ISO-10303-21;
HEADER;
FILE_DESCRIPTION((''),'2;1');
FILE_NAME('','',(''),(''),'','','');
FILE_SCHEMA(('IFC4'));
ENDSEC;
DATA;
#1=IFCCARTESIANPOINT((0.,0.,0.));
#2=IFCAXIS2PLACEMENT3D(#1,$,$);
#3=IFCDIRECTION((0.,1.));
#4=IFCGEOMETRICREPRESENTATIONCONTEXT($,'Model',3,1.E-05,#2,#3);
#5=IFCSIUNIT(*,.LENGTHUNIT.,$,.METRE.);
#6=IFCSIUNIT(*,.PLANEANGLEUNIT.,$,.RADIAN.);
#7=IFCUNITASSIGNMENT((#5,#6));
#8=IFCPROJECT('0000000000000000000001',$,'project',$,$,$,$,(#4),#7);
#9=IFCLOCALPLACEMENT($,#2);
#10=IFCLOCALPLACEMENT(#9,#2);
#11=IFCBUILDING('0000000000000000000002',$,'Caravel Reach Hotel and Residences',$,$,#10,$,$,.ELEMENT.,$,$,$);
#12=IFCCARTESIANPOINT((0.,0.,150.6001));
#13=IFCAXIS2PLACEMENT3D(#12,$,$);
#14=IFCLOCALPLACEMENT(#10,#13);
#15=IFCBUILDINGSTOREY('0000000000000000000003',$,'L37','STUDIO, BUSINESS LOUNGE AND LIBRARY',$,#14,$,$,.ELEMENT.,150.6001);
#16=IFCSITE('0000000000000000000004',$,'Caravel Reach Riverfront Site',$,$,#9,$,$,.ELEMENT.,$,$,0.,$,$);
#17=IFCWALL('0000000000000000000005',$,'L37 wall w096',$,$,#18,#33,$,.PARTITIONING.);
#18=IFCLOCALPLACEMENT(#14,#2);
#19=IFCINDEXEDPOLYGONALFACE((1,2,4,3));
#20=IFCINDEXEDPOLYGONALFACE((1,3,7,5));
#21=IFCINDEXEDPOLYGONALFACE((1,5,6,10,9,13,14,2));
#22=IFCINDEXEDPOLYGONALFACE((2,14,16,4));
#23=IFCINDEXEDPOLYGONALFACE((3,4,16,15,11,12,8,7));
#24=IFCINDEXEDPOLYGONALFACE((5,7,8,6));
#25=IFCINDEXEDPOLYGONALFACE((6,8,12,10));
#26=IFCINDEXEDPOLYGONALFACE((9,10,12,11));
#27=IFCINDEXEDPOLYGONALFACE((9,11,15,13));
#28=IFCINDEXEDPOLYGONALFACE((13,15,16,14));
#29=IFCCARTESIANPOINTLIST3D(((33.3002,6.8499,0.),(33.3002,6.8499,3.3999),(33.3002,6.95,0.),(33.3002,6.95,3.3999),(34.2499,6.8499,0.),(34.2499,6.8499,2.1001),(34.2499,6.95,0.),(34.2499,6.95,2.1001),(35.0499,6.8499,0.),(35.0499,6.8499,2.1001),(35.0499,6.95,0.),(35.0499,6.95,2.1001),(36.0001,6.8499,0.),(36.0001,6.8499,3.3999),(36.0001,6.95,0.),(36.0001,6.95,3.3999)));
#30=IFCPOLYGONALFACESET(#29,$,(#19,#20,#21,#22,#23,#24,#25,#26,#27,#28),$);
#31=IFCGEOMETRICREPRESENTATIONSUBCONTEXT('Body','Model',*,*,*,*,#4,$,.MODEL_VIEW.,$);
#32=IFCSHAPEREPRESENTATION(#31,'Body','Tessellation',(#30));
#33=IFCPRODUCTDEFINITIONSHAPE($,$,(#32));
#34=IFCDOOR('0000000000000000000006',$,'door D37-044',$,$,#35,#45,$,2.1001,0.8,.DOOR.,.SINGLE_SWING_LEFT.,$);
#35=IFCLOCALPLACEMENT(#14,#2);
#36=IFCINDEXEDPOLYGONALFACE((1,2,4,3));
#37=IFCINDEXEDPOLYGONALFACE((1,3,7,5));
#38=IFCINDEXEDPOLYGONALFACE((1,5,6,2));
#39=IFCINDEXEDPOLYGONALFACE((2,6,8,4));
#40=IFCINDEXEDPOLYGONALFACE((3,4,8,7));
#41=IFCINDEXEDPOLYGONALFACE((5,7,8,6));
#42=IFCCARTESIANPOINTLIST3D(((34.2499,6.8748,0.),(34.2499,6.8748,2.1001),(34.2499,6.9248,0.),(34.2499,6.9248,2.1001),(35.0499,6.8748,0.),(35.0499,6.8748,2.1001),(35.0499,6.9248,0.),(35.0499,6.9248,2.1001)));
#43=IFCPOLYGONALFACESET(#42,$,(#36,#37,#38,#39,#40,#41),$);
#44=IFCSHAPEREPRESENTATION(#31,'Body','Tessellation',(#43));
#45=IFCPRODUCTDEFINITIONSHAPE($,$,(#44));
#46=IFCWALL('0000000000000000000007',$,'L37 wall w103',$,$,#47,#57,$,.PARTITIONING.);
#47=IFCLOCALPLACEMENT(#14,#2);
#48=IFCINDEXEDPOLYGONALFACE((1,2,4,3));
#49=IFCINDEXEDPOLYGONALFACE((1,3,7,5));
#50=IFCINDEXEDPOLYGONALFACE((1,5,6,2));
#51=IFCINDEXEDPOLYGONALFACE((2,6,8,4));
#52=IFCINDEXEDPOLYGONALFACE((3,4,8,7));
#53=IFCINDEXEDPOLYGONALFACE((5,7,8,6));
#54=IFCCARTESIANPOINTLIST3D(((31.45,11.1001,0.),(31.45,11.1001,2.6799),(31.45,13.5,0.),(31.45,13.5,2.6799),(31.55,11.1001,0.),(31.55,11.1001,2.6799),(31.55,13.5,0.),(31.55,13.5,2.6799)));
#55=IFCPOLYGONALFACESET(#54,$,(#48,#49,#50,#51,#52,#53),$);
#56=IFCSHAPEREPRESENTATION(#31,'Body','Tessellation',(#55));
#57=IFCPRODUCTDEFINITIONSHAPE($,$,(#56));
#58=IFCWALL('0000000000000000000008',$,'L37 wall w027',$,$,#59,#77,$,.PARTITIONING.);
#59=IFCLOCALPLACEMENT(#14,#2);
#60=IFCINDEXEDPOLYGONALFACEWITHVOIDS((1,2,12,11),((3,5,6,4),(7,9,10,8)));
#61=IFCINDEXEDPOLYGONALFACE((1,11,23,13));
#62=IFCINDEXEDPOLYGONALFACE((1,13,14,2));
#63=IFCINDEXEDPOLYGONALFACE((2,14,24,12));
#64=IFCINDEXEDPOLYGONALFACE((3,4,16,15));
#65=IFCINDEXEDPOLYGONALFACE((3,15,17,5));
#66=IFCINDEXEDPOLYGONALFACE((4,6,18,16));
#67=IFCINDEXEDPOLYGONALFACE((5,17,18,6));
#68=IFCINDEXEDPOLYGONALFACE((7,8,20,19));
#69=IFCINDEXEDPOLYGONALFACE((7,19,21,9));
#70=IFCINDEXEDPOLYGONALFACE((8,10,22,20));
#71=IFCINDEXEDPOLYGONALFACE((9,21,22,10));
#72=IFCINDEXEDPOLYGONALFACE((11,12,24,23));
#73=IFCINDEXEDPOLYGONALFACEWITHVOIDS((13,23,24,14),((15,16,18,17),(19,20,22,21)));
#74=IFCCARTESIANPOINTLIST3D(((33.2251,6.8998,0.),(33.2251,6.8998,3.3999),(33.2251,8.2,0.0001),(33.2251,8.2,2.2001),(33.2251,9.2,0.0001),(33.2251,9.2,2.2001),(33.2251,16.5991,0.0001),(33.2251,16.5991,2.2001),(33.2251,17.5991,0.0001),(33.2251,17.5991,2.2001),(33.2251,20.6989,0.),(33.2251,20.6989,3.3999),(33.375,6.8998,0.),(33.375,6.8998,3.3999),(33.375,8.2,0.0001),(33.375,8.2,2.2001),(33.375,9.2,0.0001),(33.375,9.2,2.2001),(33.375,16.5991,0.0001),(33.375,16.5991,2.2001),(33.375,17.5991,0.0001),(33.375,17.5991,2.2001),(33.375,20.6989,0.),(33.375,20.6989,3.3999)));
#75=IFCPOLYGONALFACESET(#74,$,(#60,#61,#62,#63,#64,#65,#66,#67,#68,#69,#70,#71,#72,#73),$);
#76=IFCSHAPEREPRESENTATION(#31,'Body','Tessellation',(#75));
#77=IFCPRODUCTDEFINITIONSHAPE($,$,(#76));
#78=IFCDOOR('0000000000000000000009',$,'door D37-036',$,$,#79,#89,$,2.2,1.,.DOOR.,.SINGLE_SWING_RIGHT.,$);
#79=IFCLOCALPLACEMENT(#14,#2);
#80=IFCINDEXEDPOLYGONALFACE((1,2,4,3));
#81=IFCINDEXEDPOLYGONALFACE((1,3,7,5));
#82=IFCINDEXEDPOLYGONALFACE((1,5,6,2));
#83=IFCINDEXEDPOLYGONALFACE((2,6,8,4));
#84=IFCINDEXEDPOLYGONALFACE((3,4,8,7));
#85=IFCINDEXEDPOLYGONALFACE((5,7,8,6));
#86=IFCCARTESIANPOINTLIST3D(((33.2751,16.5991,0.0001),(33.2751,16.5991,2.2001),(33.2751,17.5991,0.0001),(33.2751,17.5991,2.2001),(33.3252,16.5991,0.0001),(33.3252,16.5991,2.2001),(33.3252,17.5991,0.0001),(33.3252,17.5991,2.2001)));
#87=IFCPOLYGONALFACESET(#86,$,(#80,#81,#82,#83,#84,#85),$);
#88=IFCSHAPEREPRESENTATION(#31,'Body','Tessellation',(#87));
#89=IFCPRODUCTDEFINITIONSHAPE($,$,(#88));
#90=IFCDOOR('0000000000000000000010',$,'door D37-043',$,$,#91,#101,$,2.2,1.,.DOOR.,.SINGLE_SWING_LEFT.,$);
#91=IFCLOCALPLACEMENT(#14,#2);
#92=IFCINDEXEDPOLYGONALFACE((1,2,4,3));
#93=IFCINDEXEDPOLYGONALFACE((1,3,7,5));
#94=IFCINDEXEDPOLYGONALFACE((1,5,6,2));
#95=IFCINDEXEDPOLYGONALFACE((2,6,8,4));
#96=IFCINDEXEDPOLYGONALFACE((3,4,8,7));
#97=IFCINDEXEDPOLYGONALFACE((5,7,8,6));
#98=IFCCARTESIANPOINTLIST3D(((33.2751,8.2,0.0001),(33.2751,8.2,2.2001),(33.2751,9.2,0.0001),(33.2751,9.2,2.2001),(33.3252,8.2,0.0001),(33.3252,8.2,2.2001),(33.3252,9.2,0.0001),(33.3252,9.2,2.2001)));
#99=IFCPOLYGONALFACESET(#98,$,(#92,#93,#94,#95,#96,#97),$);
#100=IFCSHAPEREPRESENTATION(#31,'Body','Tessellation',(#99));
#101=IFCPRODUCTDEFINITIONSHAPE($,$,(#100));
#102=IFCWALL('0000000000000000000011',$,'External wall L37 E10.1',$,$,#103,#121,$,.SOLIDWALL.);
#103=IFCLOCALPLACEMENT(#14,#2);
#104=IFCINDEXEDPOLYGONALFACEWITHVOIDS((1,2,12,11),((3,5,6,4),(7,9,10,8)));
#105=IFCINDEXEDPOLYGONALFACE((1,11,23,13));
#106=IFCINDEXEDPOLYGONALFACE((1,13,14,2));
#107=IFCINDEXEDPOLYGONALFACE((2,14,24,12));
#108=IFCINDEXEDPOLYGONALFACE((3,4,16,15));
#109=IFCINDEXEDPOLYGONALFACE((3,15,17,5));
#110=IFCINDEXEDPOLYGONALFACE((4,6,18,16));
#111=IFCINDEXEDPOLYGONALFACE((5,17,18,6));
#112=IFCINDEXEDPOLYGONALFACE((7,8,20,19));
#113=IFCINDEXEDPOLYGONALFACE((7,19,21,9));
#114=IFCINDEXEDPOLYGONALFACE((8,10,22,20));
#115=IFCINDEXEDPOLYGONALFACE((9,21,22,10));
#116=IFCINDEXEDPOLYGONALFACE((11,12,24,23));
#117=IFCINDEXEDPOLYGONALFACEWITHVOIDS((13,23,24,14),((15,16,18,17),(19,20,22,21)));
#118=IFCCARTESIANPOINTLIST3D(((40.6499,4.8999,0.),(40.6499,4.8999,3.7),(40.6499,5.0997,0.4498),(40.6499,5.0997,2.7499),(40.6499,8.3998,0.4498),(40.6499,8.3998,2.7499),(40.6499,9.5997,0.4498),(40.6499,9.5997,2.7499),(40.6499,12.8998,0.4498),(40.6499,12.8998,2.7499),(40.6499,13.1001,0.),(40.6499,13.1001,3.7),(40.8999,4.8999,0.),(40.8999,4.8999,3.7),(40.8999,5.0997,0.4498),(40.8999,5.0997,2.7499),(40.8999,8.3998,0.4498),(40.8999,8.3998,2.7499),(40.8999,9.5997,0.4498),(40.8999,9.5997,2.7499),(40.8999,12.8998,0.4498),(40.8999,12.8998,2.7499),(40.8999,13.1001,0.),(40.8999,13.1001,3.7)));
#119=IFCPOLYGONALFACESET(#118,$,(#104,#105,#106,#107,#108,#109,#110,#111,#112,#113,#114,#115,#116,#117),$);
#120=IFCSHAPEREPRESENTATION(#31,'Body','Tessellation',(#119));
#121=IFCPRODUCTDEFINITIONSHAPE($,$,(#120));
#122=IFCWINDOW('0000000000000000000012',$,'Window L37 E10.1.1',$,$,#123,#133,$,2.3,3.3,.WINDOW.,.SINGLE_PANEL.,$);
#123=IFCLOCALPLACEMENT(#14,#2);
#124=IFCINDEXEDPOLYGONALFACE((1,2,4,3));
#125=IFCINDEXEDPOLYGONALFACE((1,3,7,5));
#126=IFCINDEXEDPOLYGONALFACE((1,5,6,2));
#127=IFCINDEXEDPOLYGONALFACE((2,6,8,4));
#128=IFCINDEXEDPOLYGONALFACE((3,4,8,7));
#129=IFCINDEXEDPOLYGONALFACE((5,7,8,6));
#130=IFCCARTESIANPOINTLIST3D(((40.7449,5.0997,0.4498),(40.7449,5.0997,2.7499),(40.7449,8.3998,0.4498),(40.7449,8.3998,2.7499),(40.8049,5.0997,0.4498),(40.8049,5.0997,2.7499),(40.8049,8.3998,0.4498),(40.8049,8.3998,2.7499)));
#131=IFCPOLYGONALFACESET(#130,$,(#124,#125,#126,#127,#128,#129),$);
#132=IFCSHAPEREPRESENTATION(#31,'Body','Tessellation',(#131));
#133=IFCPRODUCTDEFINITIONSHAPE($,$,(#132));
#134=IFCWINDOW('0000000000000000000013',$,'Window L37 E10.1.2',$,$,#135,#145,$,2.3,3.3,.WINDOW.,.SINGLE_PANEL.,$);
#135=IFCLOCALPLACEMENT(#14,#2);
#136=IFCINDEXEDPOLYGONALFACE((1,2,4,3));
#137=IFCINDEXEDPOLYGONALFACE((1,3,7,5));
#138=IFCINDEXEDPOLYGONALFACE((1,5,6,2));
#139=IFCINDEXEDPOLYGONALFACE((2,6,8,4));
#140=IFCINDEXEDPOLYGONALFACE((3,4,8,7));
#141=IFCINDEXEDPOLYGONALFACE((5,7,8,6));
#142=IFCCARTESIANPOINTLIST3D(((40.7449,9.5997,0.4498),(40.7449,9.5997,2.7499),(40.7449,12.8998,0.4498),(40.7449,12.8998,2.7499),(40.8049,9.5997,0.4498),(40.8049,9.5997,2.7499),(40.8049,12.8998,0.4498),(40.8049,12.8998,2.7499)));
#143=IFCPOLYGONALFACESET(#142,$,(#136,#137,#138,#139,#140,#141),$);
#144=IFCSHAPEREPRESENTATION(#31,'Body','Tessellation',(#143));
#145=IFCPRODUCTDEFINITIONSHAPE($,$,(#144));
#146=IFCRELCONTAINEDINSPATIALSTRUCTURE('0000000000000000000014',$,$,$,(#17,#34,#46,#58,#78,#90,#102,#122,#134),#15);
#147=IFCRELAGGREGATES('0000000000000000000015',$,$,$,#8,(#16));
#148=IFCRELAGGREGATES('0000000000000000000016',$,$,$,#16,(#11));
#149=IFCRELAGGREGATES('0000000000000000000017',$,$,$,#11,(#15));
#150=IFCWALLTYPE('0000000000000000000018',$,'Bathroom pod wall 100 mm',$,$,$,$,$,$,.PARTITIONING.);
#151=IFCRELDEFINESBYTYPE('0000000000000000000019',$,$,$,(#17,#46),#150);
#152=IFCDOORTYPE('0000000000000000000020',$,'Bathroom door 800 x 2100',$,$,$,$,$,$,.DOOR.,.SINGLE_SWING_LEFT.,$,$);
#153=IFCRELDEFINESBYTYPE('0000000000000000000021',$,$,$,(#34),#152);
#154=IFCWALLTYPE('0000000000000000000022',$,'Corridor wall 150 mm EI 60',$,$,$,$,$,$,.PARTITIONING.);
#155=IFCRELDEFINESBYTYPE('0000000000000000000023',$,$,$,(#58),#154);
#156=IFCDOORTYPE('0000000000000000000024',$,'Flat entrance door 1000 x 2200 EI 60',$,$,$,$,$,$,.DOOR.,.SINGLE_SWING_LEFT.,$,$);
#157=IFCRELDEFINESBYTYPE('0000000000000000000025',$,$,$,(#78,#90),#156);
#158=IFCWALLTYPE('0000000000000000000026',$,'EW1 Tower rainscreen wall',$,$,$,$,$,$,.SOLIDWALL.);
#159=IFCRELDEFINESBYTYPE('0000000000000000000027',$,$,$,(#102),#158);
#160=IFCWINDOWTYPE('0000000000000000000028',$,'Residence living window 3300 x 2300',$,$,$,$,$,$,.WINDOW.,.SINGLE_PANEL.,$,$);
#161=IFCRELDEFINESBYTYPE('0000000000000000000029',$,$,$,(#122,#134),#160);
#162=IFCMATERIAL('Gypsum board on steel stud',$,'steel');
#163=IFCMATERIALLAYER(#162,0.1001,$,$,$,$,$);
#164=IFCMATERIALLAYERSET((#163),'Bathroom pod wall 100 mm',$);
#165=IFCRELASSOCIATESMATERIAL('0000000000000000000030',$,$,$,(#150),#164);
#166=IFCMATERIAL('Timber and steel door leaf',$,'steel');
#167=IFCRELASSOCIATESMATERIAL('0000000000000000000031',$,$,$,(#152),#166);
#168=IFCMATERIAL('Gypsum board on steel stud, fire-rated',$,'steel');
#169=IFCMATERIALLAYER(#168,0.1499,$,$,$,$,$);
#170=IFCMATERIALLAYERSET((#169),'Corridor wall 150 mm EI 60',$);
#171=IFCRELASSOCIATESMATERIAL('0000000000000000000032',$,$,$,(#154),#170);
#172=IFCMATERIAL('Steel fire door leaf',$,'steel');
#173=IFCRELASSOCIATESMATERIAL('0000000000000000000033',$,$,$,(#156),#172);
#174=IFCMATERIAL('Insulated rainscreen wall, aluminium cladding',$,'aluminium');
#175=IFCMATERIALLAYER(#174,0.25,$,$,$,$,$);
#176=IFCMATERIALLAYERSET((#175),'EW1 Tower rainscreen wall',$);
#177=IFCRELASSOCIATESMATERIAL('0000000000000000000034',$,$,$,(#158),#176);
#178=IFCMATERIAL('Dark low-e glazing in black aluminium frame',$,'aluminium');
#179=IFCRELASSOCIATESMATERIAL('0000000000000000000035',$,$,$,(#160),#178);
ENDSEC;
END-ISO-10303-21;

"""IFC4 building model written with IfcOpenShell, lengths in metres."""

from ifc_helpers import new_model, si_unit, direction, frame, frame_2d, origin, place, context, subcontext, project, spatial, rectangle, extrude, material, layer, layer_set, type_object, element, fill, save


model = new_model("IFC4")

# Units and contexts
model_context = context("Model", 3, precision=1e-05, world=origin(), true_north=direction((0.0, 1.0)))
body_context = subcontext(model_context, "Body", "Model", "MODEL_VIEW")
ifc_project = project(units=[si_unit("LENGTHUNIT", "METRE"), si_unit("PLANEANGLEUNIT", "RADIAN")], contexts=[model_context])

# Site, building, storey
site_placement = place(None, origin())
site = spatial("IfcSite", under=ifc_project, at=site_placement, Name="Caravel Reach Riverfront Site", CompositionType="ELEMENT", RefElevation=0.0)
building_placement = place(site_placement, origin())
building = spatial("IfcBuilding", under=site, at=building_placement, Name="Caravel Reach Hotel and Residences", CompositionType="ELEMENT")
storey_placement = place(building_placement, frame((0.0, 0.0, 150.6001)))
storey = spatial("IfcBuildingStorey", under=building, at=storey_placement, Name="L37", Description="STUDIO, BUSINESS LOUNGE AND LIBRARY", CompositionType="ELEMENT", Elevation=150.6001)

# Wall, opening, door
ifc_material_1 = material(Name="Gypsum board on steel stud", Category="steel")
ifc_layer_1 = layer(ifc_material_1, 0.1001)
ifc_layer_set_1 = layer_set([ifc_layer_1], Name="Bathroom pod wall 100 mm")
wall_type_1 = type_object("IfcWallType", Name="Bathroom pod wall 100 mm", PredefinedType="PARTITIONING", material=ifc_layer_set_1)
wall_1_placement = place(storey_placement, frame((33.3, 6.8999, 0.0), z_axis=(0.0, 0.0, 1.0), x_axis=(1.0, 0.0, 0.0)))
wall_1 = element("IfcWall", 1, at=wall_1_placement, inside=storey, type_object=wall_type_1, Name="L37 wall w096", PredefinedType="PARTITIONING", context=body_context, shape_type="SweptSolid", body=[
    extrude(rectangle(XDim=2.7, YDim=0.1001, at=frame_2d((1.3501, 0.0))), origin(), (0.0, 0.0, 1.0), 3.3999),
])
opening_1_placement = place(wall_1_placement, frame((0.95, 0.0, 0.0)))
opening_1 = element("IfcOpeningElement", 2, at=opening_1_placement, cuts=wall_1, PredefinedType="OPENING", context=body_context, shape_type="SweptSolid", body=[
    extrude(rectangle(XDim=0.8, YDim=2.1001, at=frame_2d((0.3999, 1.05))), frame((0.0, 0.0601, 0.0), z_axis=(0.0, -1.0, 0.0), x_axis=(1.0, 0.0, 0.0)), (0.0, 0.0, 1.0), 0.1201),
])
ifc_material_2 = material(Name="Timber and steel door leaf", Category="steel")
door_type_1 = type_object("IfcDoorType", Name="Bathroom door 800 x 2100", OperationType="SINGLE_SWING_LEFT", PredefinedType="DOOR", material=ifc_material_2)
door_1_placement = place(opening_1_placement, origin())
door_1 = element("IfcDoor", 3, at=door_1_placement, inside=storey, type_object=door_type_1, Name="door D37-044", OperationType="SINGLE_SWING_LEFT", OverallHeight=2.1001, OverallWidth=0.8, PredefinedType="DOOR", context=body_context, shape_type="SweptSolid", body=[
    extrude(rectangle(XDim=0.8, YDim=2.1001, at=frame_2d((0.3999, 1.05))), frame((0.0, 0.0249, 0.0), z_axis=(0.0, -1.0, 0.0), x_axis=(1.0, 0.0, 0.0)), (0.0, 0.0, 1.0), 0.05),
])
fill(opening_1, door_1)

# Wall
wall_2_placement = place(storey_placement, frame((31.5, 11.1001, 0.0), z_axis=(0.0, 0.0, 1.0), x_axis=(0.0, 1.0, 0.0)))
element("IfcWall", 4, at=wall_2_placement, inside=storey, type_object=wall_type_1, Name="L37 wall w103", PredefinedType="PARTITIONING", context=body_context, shape_type="SweptSolid", body=[
    extrude(rectangle(XDim=2.3999, YDim=0.1001, at=frame_2d((1.2, 0.0))), origin(), (0.0, 0.0, 1.0), 2.6799),
])

# Wall, openings, doors
ifc_material_3 = material(Name="Gypsum board on steel stud, fire-rated", Category="steel")
ifc_layer_2 = layer(ifc_material_3, 0.1499)
ifc_layer_set_2 = layer_set([ifc_layer_2], Name="Corridor wall 150 mm EI 60")
wall_type_2 = type_object("IfcWallType", Name="Corridor wall 150 mm EI 60", PredefinedType="PARTITIONING", material=ifc_layer_set_2)
wall_3_placement = place(storey_placement, frame((33.3, 6.8999, 0.0), z_axis=(0.0, 0.0, 1.0), x_axis=(0.0, 1.0, 0.0)))
wall_3 = element("IfcWall", 5, at=wall_3_placement, inside=storey, type_object=wall_type_2, Name="L37 wall w027", PredefinedType="PARTITIONING", context=body_context, shape_type="SweptSolid", body=[
    extrude(rectangle(XDim=13.7991, YDim=0.1499, at=frame_2d((6.8994, 0.0))), origin(), (0.0, 0.0, 1.0), 3.3999),
])
opening_2_placement = place(wall_3_placement, frame((9.6992, 0.0, 0.0)))
opening_2 = element("IfcOpeningElement", 6, at=opening_2_placement, cuts=wall_3, PredefinedType="OPENING", context=body_context, shape_type="SweptSolid", body=[
    extrude(rectangle(XDim=1.0, YDim=2.2, at=frame_2d((0.5, 1.1001))), frame((0.0, 0.085, 0.0), z_axis=(0.0, -1.0, 0.0), x_axis=(1.0, 0.0, 0.0)), (0.0, 0.0, 1.0), 0.1699),
])
opening_3_placement = place(wall_3_placement, frame((1.3, 0.0, 0.0)))
opening_3 = element("IfcOpeningElement", 7, at=opening_3_placement, cuts=wall_3, PredefinedType="OPENING", context=body_context, shape_type="SweptSolid", body=[
    extrude(rectangle(XDim=1.0, YDim=2.2, at=frame_2d((0.5, 1.1001))), frame((0.0, 0.085, 0.0), z_axis=(0.0, -1.0, 0.0), x_axis=(1.0, 0.0, 0.0)), (0.0, 0.0, 1.0), 0.1699),
])
ifc_material_4 = material(Name="Steel fire door leaf", Category="steel")
door_type_2 = type_object("IfcDoorType", Name="Flat entrance door 1000 x 2200 EI 60", OperationType="SINGLE_SWING_LEFT", PredefinedType="DOOR", material=ifc_material_4)
door_2_placement = place(opening_2_placement, origin())
door_2 = element("IfcDoor", 8, at=door_2_placement, inside=storey, type_object=door_type_2, Name="door D37-036", OperationType="SINGLE_SWING_RIGHT", OverallHeight=2.2, OverallWidth=1.0, PredefinedType="DOOR", context=body_context, shape_type="SweptSolid", body=[
    extrude(rectangle(XDim=1.0, YDim=2.2, at=frame_2d((0.5, 1.1001))), frame((0.0, 0.0249, 0.0), z_axis=(0.0, -1.0, 0.0), x_axis=(1.0, 0.0, 0.0)), (0.0, 0.0, 1.0), 0.05),
])
fill(opening_2, door_2)
door_3_placement = place(opening_3_placement, origin())
door_3 = element("IfcDoor", 9, at=door_3_placement, inside=storey, type_object=door_type_2, Name="door D37-043", OperationType="SINGLE_SWING_LEFT", OverallHeight=2.2, OverallWidth=1.0, PredefinedType="DOOR", context=body_context, shape_type="SweptSolid", body=[
    extrude(rectangle(XDim=1.0, YDim=2.2, at=frame_2d((0.5, 1.1001))), frame((0.0, 0.0249, 0.0), z_axis=(0.0, -1.0, 0.0), x_axis=(1.0, 0.0, 0.0)), (0.0, 0.0, 1.0), 0.05),
])
fill(opening_3, door_3)

# Wall, openings, windows
ifc_material_5 = material(Name="Insulated rainscreen wall, aluminium cladding", Category="aluminium")
ifc_layer_3 = layer(ifc_material_5, 0.25)
ifc_layer_set_3 = layer_set([ifc_layer_3], Name="EW1 Tower rainscreen wall")
wall_type_3 = type_object("IfcWallType", Name="EW1 Tower rainscreen wall", PredefinedType="SOLIDWALL", material=ifc_layer_set_3)
wall_4_placement = place(storey_placement, frame((40.7749, 4.8999, 0.0), z_axis=(0.0, 0.0, 1.0), x_axis=(0.0, 1.0, 0.0)))
wall_4 = element("IfcWall", 10, at=wall_4_placement, inside=storey, type_object=wall_type_3, Name="External wall L37 E10.1", PredefinedType="SOLIDWALL", context=body_context, shape_type="SweptSolid", body=[
    extrude(rectangle(XDim=8.2002, YDim=0.25, at=frame_2d((4.1001, 0.0))), origin(), (0.0, 0.0, 1.0), 3.7),
])
opening_4_placement = place(wall_4_placement, frame((0.2, 0.0, 0.45)))
opening_4 = element("IfcOpeningElement", 11, at=opening_4_placement, cuts=wall_4, PredefinedType="OPENING", context=body_context, shape_type="SweptSolid", body=[
    extrude(rectangle(XDim=3.3, YDim=2.3, at=frame_2d((1.6499, 1.1499))), frame((0.0, 0.135, 0.0), z_axis=(0.0, -1.0, 0.0), x_axis=(1.0, 0.0, 0.0)), (0.0, 0.0, 1.0), 0.27),
])
opening_5_placement = place(wall_4_placement, frame((4.7, 0.0, 0.45)))
opening_5 = element("IfcOpeningElement", 12, at=opening_5_placement, cuts=wall_4, PredefinedType="OPENING", context=body_context, shape_type="SweptSolid", body=[
    extrude(rectangle(XDim=3.3, YDim=2.3, at=frame_2d((1.6499, 1.1499))), frame((0.0, 0.135, 0.0), z_axis=(0.0, -1.0, 0.0), x_axis=(1.0, 0.0, 0.0)), (0.0, 0.0, 1.0), 0.27),
])
ifc_material_6 = material(Name="Dark low-e glazing in black aluminium frame", Category="aluminium")
window_type = type_object("IfcWindowType", Name="Residence living window 3300 x 2300", PartitioningType="SINGLE_PANEL", PredefinedType="WINDOW", material=ifc_material_6)
window_1_placement = place(opening_4_placement, origin())
window_1 = element("IfcWindow", 13, at=window_1_placement, inside=storey, type_object=window_type, Name="Window L37 E10.1.1", OverallHeight=2.3, OverallWidth=3.3, PartitioningType="SINGLE_PANEL", PredefinedType="WINDOW", context=body_context, shape_type="SweptSolid", body=[
    extrude(rectangle(XDim=3.3, YDim=2.3, at=frame_2d((1.6499, 1.1499))), frame((0.0, 0.03, 0.0), z_axis=(0.0, -1.0, 0.0), x_axis=(1.0, 0.0, 0.0)), (0.0, 0.0, 1.0), 0.0601),
])
fill(opening_4, window_1)
window_2_placement = place(opening_5_placement, origin())
window_2 = element("IfcWindow", 14, at=window_2_placement, inside=storey, type_object=window_type, Name="Window L37 E10.1.2", OverallHeight=2.3, OverallWidth=3.3, PartitioningType="SINGLE_PANEL", PredefinedType="WINDOW", context=body_context, shape_type="SweptSolid", body=[
    extrude(rectangle(XDim=3.3, YDim=2.3, at=frame_2d((1.6499, 1.1499))), frame((0.0, 0.03, 0.0), z_axis=(0.0, -1.0, 0.0), x_axis=(1.0, 0.0, 0.0)), (0.0, 0.0, 1.0), 0.0601),
])
fill(opening_5, window_2)

save(model, "model.ifc")
